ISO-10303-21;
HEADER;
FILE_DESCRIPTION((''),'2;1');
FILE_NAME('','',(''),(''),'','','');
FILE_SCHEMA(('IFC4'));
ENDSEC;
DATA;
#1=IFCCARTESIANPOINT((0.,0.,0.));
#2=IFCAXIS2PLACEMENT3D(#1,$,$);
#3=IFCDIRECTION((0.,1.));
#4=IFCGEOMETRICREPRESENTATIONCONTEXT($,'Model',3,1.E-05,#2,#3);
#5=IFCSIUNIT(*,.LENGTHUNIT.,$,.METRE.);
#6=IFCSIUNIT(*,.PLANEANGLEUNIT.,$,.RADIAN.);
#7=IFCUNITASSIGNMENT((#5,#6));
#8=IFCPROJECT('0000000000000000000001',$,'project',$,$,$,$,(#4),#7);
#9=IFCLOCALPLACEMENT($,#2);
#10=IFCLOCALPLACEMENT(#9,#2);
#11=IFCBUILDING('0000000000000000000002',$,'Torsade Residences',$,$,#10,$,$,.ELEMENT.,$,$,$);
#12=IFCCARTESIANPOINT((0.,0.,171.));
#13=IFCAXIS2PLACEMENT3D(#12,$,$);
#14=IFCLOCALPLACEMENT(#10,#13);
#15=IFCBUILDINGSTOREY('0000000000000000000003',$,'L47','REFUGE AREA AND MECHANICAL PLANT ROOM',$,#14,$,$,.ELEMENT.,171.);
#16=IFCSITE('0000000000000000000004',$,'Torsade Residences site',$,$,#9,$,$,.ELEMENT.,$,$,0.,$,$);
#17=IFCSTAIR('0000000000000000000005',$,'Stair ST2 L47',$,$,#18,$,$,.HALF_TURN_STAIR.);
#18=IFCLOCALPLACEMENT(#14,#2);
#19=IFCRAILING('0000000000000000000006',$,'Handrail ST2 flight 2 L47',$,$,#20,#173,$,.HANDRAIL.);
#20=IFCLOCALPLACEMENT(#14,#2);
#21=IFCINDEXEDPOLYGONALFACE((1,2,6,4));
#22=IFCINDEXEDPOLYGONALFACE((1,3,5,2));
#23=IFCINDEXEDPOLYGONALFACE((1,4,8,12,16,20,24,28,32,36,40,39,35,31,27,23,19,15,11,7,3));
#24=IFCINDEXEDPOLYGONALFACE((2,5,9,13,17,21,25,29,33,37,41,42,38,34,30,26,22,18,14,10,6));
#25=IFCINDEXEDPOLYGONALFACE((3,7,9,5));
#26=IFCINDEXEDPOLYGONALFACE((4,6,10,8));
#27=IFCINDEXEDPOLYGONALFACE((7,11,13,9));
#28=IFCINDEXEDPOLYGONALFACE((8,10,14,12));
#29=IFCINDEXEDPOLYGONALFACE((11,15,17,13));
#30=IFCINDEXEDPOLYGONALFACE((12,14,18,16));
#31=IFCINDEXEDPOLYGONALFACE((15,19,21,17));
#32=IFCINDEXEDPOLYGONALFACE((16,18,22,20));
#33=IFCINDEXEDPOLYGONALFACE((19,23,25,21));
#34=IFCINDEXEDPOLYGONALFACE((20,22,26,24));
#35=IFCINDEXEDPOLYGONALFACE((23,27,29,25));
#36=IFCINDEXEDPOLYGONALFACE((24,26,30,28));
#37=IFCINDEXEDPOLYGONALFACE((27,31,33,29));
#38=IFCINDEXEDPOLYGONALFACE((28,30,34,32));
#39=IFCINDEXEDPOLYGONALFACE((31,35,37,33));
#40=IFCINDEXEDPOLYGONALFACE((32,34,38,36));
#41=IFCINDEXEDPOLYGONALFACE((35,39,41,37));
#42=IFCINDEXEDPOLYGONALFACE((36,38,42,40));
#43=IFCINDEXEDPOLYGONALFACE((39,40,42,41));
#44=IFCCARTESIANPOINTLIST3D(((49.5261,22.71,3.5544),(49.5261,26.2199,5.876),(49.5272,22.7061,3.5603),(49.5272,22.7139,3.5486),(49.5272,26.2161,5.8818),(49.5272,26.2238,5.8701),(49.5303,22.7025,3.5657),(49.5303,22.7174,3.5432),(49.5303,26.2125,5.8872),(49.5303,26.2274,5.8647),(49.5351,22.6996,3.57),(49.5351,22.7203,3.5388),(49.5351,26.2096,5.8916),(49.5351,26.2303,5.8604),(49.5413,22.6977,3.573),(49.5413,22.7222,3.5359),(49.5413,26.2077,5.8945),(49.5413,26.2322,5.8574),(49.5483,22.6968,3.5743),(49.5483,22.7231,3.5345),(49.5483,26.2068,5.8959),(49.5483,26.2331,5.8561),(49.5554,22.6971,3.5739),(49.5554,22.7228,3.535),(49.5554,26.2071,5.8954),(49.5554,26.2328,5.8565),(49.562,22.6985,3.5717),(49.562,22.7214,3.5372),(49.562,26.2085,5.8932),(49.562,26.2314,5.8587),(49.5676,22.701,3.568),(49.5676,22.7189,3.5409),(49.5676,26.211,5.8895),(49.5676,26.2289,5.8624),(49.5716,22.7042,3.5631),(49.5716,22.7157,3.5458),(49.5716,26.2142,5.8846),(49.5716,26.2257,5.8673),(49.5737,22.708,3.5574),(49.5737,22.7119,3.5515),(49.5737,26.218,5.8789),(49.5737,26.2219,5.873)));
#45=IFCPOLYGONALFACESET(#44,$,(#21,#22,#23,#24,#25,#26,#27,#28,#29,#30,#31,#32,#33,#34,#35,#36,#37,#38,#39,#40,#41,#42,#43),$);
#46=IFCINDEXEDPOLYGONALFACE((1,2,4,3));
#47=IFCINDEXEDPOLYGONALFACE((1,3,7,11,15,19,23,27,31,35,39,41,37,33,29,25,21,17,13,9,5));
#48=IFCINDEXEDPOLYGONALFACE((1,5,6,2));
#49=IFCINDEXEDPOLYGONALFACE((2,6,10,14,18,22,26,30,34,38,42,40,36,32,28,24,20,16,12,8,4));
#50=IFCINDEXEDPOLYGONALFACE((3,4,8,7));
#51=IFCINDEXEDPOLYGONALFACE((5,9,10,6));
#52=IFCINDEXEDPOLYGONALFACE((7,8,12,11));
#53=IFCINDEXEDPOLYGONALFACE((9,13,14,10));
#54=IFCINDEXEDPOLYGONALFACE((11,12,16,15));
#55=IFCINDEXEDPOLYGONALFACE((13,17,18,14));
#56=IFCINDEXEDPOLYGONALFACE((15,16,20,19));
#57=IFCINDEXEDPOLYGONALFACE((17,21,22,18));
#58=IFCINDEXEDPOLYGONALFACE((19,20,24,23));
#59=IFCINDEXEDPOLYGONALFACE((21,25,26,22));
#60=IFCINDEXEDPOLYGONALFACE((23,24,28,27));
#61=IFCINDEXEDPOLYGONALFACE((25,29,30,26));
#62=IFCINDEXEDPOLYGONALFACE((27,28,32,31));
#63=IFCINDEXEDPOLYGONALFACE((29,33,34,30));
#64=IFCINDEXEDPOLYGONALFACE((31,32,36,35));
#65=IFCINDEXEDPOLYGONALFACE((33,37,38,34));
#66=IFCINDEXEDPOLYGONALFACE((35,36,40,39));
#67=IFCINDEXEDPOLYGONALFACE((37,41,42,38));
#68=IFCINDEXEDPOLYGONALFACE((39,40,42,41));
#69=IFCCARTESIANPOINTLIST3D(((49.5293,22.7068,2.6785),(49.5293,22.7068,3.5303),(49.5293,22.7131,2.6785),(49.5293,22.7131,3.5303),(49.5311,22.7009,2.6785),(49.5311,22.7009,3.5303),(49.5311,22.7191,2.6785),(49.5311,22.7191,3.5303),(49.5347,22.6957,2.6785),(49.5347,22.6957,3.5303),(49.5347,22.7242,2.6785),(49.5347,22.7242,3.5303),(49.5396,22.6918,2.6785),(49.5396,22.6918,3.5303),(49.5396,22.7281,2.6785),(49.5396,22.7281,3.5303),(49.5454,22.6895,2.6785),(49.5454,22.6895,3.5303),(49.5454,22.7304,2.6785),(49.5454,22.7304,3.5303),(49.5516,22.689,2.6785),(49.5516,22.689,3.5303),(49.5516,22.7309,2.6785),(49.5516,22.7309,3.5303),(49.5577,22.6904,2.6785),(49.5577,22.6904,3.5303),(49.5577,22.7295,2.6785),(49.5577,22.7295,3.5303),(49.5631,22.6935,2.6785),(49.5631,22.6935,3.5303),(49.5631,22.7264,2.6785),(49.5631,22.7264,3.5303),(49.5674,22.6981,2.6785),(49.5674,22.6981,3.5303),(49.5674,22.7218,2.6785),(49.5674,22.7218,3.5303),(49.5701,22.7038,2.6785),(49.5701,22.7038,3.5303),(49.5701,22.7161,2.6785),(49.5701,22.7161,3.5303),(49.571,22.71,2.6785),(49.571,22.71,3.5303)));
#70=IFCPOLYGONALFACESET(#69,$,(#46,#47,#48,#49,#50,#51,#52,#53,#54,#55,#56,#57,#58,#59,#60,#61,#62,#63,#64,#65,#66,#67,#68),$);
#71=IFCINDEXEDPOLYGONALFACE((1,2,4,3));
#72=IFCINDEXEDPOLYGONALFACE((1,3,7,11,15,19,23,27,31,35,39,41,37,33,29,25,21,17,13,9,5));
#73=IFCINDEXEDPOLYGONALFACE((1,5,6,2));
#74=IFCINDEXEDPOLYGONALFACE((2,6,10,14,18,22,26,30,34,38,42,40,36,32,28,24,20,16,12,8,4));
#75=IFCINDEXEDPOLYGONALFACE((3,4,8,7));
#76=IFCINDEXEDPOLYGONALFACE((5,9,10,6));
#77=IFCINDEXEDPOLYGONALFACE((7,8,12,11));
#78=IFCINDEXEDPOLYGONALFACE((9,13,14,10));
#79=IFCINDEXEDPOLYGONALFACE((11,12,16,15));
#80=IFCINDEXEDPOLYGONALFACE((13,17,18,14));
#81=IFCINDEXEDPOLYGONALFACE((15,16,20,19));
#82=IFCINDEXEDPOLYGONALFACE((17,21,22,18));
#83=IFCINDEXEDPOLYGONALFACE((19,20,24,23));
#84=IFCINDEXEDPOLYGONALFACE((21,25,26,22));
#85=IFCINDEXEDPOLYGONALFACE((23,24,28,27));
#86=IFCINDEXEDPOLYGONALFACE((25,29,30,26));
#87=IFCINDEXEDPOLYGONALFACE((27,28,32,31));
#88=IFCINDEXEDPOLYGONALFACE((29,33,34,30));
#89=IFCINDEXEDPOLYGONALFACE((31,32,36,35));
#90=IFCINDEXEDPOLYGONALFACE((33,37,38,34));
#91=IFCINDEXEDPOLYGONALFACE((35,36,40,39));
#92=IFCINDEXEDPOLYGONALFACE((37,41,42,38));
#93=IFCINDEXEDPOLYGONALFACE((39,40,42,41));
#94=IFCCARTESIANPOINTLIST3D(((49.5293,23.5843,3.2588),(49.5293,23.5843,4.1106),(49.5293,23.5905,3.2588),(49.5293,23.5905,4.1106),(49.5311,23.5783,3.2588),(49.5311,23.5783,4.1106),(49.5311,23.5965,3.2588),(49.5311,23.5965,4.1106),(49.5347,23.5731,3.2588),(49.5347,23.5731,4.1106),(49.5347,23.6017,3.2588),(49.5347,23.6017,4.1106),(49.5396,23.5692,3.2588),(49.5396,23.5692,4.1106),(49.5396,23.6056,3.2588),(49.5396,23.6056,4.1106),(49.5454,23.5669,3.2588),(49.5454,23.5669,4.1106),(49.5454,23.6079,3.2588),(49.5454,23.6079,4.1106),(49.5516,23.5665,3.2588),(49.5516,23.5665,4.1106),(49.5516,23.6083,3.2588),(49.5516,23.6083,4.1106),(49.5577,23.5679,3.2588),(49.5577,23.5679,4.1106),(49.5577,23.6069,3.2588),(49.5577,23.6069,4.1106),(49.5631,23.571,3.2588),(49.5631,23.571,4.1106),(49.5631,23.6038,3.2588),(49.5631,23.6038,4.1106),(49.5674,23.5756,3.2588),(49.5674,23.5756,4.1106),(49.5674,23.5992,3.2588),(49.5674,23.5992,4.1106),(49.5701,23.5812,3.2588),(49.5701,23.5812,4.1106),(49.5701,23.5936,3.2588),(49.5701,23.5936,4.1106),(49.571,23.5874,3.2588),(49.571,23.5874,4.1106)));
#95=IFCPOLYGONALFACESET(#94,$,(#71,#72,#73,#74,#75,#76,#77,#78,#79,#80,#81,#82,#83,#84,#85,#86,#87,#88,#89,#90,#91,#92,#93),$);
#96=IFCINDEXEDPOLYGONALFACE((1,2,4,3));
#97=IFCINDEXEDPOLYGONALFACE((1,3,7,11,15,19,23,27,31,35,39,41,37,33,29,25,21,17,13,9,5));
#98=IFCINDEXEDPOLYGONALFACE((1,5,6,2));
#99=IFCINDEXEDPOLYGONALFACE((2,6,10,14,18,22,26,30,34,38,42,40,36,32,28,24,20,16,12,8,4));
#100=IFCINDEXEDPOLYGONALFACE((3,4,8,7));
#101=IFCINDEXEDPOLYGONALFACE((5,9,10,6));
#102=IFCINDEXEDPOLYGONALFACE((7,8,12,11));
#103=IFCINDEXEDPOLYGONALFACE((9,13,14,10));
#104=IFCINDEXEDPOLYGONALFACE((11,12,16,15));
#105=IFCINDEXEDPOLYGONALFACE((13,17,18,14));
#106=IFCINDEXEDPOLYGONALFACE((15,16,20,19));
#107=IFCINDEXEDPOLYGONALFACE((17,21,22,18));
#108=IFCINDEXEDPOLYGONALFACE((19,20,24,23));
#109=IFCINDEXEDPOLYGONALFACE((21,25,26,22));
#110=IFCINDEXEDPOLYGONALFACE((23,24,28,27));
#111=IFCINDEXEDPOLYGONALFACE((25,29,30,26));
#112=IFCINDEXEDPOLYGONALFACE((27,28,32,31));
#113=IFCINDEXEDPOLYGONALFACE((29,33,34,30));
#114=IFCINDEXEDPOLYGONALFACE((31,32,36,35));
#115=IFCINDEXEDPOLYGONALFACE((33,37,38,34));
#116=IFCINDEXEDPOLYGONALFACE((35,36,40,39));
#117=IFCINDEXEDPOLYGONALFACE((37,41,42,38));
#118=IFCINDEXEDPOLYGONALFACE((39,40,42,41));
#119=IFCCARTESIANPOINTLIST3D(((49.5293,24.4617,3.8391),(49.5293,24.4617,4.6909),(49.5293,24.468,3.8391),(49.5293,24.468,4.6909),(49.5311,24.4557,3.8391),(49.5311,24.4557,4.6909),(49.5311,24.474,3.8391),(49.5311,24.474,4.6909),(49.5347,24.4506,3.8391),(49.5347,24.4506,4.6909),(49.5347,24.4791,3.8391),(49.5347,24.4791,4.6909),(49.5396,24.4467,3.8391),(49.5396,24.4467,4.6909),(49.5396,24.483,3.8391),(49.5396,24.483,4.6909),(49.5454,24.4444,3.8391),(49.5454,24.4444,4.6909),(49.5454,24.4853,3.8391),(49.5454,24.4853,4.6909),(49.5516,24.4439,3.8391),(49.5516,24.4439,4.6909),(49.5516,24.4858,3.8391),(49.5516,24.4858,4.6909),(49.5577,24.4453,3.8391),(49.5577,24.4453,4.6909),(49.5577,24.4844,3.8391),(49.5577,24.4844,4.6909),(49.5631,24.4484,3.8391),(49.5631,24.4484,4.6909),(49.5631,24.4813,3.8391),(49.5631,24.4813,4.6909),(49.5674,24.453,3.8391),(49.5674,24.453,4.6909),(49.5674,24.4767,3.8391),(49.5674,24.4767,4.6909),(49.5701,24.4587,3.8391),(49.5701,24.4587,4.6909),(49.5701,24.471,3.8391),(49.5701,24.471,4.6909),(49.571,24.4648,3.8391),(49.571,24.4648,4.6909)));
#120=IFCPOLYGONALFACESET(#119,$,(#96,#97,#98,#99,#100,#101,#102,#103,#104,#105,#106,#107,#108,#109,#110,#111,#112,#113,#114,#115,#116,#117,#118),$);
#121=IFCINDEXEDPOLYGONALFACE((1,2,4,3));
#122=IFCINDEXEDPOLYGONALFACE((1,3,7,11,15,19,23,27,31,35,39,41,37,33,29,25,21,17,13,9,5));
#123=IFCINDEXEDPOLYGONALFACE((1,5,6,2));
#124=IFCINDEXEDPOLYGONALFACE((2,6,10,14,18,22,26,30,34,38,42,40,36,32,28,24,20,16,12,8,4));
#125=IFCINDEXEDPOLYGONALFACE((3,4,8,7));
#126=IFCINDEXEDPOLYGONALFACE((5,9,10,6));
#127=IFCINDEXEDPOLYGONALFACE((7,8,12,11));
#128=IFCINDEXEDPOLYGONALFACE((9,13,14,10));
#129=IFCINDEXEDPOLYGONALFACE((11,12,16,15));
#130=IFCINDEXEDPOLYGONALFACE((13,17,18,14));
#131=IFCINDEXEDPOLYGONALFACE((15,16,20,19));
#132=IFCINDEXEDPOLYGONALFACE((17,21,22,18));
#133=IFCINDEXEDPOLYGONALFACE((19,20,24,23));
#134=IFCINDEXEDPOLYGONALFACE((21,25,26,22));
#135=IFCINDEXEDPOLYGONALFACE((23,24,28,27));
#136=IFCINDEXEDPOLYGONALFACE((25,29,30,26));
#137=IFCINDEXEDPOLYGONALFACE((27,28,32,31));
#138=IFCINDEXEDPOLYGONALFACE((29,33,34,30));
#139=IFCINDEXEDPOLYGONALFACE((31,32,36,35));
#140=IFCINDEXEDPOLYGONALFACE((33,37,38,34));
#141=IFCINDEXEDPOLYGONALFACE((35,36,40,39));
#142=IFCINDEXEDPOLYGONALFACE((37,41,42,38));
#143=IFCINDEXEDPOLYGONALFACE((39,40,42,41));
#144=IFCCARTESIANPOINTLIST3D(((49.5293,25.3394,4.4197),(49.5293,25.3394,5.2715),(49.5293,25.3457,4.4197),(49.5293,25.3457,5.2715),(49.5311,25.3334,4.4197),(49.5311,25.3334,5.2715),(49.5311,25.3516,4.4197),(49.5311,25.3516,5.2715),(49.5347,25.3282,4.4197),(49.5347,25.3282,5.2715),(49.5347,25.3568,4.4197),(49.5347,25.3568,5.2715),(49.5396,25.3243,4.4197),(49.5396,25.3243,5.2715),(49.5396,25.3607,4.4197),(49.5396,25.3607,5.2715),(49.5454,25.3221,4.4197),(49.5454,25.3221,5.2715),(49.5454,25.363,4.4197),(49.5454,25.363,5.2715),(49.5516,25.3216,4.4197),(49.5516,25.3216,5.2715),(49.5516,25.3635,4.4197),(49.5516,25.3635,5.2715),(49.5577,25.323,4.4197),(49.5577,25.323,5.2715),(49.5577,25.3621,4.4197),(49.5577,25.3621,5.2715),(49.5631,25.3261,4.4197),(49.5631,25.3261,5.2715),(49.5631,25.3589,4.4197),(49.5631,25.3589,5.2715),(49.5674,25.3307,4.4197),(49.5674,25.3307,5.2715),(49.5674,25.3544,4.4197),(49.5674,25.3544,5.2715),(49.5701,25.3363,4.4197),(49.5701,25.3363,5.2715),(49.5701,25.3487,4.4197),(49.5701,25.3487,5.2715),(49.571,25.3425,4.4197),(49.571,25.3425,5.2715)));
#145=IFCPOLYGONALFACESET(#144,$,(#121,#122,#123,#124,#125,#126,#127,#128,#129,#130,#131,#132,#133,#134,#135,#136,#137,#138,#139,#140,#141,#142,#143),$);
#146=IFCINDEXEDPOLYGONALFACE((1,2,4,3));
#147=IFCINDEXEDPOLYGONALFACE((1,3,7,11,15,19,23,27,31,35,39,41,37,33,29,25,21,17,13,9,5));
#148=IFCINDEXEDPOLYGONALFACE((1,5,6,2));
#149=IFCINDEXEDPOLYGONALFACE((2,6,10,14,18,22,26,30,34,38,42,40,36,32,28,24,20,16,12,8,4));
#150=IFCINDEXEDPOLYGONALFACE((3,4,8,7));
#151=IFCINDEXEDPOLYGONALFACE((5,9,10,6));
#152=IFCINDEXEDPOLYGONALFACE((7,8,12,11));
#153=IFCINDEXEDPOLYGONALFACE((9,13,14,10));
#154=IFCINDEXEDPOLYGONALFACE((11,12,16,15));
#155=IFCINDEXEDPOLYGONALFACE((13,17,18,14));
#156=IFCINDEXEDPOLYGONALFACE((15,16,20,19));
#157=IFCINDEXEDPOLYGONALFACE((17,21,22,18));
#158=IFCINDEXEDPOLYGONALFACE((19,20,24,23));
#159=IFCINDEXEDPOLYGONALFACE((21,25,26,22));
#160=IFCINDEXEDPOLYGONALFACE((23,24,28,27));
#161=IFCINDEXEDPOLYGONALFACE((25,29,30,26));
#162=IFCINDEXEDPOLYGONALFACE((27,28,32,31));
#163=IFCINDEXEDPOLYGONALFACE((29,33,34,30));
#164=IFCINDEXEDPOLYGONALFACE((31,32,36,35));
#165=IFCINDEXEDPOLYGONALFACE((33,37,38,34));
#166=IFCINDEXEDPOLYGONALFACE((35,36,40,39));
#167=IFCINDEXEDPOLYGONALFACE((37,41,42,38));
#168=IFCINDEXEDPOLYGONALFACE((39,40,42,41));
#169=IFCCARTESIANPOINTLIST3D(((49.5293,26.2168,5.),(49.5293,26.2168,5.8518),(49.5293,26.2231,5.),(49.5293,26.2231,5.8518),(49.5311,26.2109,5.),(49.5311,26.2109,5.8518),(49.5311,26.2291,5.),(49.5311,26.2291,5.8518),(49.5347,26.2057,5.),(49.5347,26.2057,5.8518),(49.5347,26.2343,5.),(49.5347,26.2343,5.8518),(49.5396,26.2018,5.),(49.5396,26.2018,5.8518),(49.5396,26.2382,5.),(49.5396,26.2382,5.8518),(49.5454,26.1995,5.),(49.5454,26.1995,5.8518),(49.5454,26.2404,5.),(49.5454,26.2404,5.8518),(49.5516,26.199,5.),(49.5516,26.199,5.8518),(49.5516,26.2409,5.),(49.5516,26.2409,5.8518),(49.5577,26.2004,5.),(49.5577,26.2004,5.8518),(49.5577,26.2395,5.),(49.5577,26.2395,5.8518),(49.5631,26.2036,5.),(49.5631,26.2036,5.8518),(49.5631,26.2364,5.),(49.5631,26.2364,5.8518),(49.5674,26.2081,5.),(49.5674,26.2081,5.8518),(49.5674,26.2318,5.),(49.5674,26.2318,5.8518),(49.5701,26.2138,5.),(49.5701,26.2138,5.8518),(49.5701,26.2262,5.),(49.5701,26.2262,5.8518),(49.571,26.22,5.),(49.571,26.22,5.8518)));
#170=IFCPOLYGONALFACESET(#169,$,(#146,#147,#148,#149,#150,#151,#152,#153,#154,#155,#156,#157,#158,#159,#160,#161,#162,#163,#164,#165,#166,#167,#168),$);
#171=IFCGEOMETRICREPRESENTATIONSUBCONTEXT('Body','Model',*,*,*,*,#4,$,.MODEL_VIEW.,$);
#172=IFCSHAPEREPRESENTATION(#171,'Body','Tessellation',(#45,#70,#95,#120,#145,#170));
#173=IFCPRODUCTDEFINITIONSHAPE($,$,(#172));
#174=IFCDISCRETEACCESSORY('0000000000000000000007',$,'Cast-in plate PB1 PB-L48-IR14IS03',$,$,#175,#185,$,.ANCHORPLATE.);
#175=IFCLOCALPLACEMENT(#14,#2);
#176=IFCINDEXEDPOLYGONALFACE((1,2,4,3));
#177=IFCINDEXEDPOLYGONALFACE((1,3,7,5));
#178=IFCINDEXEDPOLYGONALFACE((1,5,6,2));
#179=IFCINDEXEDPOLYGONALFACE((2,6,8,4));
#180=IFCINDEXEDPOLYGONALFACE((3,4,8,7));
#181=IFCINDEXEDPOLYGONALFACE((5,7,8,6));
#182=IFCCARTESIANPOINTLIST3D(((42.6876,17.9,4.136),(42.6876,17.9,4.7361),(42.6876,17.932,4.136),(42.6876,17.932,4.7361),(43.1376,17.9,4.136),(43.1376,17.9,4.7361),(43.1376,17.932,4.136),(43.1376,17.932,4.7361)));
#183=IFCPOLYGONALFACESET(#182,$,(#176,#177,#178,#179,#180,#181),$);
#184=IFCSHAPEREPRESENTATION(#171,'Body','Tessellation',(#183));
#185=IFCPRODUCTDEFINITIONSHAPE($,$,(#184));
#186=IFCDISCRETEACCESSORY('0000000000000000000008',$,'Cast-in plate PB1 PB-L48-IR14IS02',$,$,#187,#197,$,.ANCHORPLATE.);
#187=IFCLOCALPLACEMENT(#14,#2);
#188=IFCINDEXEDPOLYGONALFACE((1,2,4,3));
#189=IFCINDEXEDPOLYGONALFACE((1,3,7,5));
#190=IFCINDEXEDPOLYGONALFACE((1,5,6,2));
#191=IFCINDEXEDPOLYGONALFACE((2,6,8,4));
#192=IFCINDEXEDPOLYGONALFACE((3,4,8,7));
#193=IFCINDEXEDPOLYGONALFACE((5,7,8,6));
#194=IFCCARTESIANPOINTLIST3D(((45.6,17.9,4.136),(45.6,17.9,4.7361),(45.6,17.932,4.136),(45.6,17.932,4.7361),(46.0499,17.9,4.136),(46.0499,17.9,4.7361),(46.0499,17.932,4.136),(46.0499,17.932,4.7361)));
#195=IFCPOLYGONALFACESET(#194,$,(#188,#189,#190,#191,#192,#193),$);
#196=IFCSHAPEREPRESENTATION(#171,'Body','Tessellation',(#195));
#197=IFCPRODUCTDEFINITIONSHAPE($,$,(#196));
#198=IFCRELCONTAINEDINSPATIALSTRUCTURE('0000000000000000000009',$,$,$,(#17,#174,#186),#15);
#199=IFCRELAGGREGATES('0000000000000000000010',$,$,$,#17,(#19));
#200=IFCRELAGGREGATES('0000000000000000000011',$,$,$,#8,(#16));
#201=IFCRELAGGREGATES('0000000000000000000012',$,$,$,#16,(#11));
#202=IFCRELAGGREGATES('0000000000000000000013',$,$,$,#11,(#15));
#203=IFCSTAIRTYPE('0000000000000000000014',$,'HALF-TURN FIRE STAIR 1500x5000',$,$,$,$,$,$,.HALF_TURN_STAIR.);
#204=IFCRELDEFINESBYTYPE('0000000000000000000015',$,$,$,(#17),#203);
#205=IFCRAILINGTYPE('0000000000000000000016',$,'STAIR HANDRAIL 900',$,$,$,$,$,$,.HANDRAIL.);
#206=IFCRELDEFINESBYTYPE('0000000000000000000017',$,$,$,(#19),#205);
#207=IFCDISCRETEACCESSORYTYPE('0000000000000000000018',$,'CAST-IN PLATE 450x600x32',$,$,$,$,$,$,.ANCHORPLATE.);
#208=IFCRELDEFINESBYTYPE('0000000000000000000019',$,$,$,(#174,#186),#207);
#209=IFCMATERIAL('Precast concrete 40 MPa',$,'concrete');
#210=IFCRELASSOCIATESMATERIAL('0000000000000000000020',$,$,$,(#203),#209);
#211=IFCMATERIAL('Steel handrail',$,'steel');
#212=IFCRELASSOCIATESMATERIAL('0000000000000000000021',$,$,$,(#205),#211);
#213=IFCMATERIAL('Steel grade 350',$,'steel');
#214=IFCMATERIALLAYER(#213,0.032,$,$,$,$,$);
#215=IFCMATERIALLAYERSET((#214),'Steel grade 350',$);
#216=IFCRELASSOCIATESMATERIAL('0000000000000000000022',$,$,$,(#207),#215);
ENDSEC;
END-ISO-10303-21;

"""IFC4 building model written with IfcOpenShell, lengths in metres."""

from ifc_helpers import new_model, si_unit, direction, frame, origin, origin_2d, place, context, subcontext, project, spatial, rectangle, circle, extrude, material, layer, layer_set, type_object, element, aggregate, save


model = new_model("IFC4")

# Units and contexts
model_context = context("Model", 3, precision=1e-05, world=origin(), true_north=direction((0.0, 1.0)))
body_context = subcontext(model_context, "Body", "Model", "MODEL_VIEW")
ifc_project = project(units=[si_unit("LENGTHUNIT", "METRE"), si_unit("PLANEANGLEUNIT", "RADIAN")], contexts=[model_context])

# Site, building, storey
site_placement = place(None, origin())
site = spatial("IfcSite", under=ifc_project, at=site_placement, Name="Torsade Residences site", CompositionType="ELEMENT", RefElevation=0.0)
building_placement = place(site_placement, origin())
building = spatial("IfcBuilding", under=site, at=building_placement, Name="Torsade Residences", CompositionType="ELEMENT")
storey_placement = place(building_placement, frame((0.0, 0.0, 171.0)))
storey = spatial("IfcBuildingStorey", under=building, at=storey_placement, Name="L47", Description="REFUGE AREA AND MECHANICAL PLANT ROOM", CompositionType="ELEMENT", Elevation=171.0)

# Stair, railing
ifc_material_1 = material(Name="Precast concrete 40 MPa", Category="concrete")
stair_type = type_object("IfcStairType", Name="HALF-TURN FIRE STAIR 1500x5000", PredefinedType="HALF_TURN_STAIR", material=ifc_material_1)
stair_placement = place(storey_placement, origin())
stair = element("IfcStair", 1, at=stair_placement, inside=storey, type_object=stair_type, Name="Stair ST2 L47", PredefinedType="HALF_TURN_STAIR")
ifc_material_2 = material(Name="Steel handrail", Category="steel")
railing_type = type_object("IfcRailingType", Name="STAIR HANDRAIL 900", PredefinedType="HANDRAIL", material=ifc_material_2)
railing_1_placement = place(storey_placement, frame((49.55, 22.71, 2.6785)))
railing_1 = element("IfcRailing", 2, at=railing_1_placement, type_object=railing_type, Name="Handrail ST2 flight 2 L47", PredefinedType="HANDRAIL", context=body_context, shape_type="SweptSolid", body=[
    extrude(circle(Radius=0.0239, at=origin_2d()), frame((0.0, 0.0, 0.876), z_axis=(0.0, 0.834071, 0.551657), x_axis=(-1.0, 0.0, 0.0)), (0.0, 0.0, 1.0), 4.2083),
    extrude(circle(Radius=0.021, at=origin_2d()), origin(), (0.0, 0.0, 1.0), 0.8518),
    extrude(circle(Radius=0.021, at=origin_2d()), frame((0.0, 0.8774, 0.5803)), (0.0, 0.0, 1.0), 0.8518),
    extrude(circle(Radius=0.021, at=origin_2d()), frame((0.0, 1.7549, 1.1606)), (0.0, 0.0, 1.0), 0.8518),
    extrude(circle(Radius=0.021, at=origin_2d()), frame((0.0, 2.6326, 1.7412)), (0.0, 0.0, 1.0), 0.8518),
    extrude(circle(Radius=0.021, at=origin_2d()), frame((0.0, 3.51, 2.3215)), (0.0, 0.0, 1.0), 0.8518),
])
aggregate(stair, [railing_1])

# Discrete accessories
ifc_material_3 = material(Name="Steel grade 350", Category="steel")
ifc_layer_1 = layer(ifc_material_3, 0.032)
ifc_layer_set_1 = layer_set([ifc_layer_1], Name="Steel grade 350")
discrete_accessory_type = type_object("IfcDiscreteAccessoryType", Name="CAST-IN PLATE 450x600x32", PredefinedType="ANCHORPLATE", material=ifc_layer_set_1)
for number, where, z_axis, x_axis, name in (
    (3, (42.9126, 17.916, 4.136), (0.0, 0.0, 1.0), (1.0, 0.0, 0.0), "Cast-in plate PB1 PB-L48-IR14IS03"),
    (4, (45.825, 17.916, 4.136), (0.0, 0.0, 1.0), (1.0, 0.0, 0.0), "Cast-in plate PB1 PB-L48-IR14IS02"),
):
    element("IfcDiscreteAccessory", number, at=place(storey_placement, frame(where, z_axis=z_axis, x_axis=x_axis)), inside=storey, type_object=discrete_accessory_type, Name=name, PredefinedType="ANCHORPLATE", context=body_context, shape_type="SweptSolid", body=[
        extrude(rectangle(XDim=0.45, YDim=0.032, at=origin_2d()), origin(), (0.0, 0.0, 1.0), 0.6001),
    ])

save(model, "model.ifc")
